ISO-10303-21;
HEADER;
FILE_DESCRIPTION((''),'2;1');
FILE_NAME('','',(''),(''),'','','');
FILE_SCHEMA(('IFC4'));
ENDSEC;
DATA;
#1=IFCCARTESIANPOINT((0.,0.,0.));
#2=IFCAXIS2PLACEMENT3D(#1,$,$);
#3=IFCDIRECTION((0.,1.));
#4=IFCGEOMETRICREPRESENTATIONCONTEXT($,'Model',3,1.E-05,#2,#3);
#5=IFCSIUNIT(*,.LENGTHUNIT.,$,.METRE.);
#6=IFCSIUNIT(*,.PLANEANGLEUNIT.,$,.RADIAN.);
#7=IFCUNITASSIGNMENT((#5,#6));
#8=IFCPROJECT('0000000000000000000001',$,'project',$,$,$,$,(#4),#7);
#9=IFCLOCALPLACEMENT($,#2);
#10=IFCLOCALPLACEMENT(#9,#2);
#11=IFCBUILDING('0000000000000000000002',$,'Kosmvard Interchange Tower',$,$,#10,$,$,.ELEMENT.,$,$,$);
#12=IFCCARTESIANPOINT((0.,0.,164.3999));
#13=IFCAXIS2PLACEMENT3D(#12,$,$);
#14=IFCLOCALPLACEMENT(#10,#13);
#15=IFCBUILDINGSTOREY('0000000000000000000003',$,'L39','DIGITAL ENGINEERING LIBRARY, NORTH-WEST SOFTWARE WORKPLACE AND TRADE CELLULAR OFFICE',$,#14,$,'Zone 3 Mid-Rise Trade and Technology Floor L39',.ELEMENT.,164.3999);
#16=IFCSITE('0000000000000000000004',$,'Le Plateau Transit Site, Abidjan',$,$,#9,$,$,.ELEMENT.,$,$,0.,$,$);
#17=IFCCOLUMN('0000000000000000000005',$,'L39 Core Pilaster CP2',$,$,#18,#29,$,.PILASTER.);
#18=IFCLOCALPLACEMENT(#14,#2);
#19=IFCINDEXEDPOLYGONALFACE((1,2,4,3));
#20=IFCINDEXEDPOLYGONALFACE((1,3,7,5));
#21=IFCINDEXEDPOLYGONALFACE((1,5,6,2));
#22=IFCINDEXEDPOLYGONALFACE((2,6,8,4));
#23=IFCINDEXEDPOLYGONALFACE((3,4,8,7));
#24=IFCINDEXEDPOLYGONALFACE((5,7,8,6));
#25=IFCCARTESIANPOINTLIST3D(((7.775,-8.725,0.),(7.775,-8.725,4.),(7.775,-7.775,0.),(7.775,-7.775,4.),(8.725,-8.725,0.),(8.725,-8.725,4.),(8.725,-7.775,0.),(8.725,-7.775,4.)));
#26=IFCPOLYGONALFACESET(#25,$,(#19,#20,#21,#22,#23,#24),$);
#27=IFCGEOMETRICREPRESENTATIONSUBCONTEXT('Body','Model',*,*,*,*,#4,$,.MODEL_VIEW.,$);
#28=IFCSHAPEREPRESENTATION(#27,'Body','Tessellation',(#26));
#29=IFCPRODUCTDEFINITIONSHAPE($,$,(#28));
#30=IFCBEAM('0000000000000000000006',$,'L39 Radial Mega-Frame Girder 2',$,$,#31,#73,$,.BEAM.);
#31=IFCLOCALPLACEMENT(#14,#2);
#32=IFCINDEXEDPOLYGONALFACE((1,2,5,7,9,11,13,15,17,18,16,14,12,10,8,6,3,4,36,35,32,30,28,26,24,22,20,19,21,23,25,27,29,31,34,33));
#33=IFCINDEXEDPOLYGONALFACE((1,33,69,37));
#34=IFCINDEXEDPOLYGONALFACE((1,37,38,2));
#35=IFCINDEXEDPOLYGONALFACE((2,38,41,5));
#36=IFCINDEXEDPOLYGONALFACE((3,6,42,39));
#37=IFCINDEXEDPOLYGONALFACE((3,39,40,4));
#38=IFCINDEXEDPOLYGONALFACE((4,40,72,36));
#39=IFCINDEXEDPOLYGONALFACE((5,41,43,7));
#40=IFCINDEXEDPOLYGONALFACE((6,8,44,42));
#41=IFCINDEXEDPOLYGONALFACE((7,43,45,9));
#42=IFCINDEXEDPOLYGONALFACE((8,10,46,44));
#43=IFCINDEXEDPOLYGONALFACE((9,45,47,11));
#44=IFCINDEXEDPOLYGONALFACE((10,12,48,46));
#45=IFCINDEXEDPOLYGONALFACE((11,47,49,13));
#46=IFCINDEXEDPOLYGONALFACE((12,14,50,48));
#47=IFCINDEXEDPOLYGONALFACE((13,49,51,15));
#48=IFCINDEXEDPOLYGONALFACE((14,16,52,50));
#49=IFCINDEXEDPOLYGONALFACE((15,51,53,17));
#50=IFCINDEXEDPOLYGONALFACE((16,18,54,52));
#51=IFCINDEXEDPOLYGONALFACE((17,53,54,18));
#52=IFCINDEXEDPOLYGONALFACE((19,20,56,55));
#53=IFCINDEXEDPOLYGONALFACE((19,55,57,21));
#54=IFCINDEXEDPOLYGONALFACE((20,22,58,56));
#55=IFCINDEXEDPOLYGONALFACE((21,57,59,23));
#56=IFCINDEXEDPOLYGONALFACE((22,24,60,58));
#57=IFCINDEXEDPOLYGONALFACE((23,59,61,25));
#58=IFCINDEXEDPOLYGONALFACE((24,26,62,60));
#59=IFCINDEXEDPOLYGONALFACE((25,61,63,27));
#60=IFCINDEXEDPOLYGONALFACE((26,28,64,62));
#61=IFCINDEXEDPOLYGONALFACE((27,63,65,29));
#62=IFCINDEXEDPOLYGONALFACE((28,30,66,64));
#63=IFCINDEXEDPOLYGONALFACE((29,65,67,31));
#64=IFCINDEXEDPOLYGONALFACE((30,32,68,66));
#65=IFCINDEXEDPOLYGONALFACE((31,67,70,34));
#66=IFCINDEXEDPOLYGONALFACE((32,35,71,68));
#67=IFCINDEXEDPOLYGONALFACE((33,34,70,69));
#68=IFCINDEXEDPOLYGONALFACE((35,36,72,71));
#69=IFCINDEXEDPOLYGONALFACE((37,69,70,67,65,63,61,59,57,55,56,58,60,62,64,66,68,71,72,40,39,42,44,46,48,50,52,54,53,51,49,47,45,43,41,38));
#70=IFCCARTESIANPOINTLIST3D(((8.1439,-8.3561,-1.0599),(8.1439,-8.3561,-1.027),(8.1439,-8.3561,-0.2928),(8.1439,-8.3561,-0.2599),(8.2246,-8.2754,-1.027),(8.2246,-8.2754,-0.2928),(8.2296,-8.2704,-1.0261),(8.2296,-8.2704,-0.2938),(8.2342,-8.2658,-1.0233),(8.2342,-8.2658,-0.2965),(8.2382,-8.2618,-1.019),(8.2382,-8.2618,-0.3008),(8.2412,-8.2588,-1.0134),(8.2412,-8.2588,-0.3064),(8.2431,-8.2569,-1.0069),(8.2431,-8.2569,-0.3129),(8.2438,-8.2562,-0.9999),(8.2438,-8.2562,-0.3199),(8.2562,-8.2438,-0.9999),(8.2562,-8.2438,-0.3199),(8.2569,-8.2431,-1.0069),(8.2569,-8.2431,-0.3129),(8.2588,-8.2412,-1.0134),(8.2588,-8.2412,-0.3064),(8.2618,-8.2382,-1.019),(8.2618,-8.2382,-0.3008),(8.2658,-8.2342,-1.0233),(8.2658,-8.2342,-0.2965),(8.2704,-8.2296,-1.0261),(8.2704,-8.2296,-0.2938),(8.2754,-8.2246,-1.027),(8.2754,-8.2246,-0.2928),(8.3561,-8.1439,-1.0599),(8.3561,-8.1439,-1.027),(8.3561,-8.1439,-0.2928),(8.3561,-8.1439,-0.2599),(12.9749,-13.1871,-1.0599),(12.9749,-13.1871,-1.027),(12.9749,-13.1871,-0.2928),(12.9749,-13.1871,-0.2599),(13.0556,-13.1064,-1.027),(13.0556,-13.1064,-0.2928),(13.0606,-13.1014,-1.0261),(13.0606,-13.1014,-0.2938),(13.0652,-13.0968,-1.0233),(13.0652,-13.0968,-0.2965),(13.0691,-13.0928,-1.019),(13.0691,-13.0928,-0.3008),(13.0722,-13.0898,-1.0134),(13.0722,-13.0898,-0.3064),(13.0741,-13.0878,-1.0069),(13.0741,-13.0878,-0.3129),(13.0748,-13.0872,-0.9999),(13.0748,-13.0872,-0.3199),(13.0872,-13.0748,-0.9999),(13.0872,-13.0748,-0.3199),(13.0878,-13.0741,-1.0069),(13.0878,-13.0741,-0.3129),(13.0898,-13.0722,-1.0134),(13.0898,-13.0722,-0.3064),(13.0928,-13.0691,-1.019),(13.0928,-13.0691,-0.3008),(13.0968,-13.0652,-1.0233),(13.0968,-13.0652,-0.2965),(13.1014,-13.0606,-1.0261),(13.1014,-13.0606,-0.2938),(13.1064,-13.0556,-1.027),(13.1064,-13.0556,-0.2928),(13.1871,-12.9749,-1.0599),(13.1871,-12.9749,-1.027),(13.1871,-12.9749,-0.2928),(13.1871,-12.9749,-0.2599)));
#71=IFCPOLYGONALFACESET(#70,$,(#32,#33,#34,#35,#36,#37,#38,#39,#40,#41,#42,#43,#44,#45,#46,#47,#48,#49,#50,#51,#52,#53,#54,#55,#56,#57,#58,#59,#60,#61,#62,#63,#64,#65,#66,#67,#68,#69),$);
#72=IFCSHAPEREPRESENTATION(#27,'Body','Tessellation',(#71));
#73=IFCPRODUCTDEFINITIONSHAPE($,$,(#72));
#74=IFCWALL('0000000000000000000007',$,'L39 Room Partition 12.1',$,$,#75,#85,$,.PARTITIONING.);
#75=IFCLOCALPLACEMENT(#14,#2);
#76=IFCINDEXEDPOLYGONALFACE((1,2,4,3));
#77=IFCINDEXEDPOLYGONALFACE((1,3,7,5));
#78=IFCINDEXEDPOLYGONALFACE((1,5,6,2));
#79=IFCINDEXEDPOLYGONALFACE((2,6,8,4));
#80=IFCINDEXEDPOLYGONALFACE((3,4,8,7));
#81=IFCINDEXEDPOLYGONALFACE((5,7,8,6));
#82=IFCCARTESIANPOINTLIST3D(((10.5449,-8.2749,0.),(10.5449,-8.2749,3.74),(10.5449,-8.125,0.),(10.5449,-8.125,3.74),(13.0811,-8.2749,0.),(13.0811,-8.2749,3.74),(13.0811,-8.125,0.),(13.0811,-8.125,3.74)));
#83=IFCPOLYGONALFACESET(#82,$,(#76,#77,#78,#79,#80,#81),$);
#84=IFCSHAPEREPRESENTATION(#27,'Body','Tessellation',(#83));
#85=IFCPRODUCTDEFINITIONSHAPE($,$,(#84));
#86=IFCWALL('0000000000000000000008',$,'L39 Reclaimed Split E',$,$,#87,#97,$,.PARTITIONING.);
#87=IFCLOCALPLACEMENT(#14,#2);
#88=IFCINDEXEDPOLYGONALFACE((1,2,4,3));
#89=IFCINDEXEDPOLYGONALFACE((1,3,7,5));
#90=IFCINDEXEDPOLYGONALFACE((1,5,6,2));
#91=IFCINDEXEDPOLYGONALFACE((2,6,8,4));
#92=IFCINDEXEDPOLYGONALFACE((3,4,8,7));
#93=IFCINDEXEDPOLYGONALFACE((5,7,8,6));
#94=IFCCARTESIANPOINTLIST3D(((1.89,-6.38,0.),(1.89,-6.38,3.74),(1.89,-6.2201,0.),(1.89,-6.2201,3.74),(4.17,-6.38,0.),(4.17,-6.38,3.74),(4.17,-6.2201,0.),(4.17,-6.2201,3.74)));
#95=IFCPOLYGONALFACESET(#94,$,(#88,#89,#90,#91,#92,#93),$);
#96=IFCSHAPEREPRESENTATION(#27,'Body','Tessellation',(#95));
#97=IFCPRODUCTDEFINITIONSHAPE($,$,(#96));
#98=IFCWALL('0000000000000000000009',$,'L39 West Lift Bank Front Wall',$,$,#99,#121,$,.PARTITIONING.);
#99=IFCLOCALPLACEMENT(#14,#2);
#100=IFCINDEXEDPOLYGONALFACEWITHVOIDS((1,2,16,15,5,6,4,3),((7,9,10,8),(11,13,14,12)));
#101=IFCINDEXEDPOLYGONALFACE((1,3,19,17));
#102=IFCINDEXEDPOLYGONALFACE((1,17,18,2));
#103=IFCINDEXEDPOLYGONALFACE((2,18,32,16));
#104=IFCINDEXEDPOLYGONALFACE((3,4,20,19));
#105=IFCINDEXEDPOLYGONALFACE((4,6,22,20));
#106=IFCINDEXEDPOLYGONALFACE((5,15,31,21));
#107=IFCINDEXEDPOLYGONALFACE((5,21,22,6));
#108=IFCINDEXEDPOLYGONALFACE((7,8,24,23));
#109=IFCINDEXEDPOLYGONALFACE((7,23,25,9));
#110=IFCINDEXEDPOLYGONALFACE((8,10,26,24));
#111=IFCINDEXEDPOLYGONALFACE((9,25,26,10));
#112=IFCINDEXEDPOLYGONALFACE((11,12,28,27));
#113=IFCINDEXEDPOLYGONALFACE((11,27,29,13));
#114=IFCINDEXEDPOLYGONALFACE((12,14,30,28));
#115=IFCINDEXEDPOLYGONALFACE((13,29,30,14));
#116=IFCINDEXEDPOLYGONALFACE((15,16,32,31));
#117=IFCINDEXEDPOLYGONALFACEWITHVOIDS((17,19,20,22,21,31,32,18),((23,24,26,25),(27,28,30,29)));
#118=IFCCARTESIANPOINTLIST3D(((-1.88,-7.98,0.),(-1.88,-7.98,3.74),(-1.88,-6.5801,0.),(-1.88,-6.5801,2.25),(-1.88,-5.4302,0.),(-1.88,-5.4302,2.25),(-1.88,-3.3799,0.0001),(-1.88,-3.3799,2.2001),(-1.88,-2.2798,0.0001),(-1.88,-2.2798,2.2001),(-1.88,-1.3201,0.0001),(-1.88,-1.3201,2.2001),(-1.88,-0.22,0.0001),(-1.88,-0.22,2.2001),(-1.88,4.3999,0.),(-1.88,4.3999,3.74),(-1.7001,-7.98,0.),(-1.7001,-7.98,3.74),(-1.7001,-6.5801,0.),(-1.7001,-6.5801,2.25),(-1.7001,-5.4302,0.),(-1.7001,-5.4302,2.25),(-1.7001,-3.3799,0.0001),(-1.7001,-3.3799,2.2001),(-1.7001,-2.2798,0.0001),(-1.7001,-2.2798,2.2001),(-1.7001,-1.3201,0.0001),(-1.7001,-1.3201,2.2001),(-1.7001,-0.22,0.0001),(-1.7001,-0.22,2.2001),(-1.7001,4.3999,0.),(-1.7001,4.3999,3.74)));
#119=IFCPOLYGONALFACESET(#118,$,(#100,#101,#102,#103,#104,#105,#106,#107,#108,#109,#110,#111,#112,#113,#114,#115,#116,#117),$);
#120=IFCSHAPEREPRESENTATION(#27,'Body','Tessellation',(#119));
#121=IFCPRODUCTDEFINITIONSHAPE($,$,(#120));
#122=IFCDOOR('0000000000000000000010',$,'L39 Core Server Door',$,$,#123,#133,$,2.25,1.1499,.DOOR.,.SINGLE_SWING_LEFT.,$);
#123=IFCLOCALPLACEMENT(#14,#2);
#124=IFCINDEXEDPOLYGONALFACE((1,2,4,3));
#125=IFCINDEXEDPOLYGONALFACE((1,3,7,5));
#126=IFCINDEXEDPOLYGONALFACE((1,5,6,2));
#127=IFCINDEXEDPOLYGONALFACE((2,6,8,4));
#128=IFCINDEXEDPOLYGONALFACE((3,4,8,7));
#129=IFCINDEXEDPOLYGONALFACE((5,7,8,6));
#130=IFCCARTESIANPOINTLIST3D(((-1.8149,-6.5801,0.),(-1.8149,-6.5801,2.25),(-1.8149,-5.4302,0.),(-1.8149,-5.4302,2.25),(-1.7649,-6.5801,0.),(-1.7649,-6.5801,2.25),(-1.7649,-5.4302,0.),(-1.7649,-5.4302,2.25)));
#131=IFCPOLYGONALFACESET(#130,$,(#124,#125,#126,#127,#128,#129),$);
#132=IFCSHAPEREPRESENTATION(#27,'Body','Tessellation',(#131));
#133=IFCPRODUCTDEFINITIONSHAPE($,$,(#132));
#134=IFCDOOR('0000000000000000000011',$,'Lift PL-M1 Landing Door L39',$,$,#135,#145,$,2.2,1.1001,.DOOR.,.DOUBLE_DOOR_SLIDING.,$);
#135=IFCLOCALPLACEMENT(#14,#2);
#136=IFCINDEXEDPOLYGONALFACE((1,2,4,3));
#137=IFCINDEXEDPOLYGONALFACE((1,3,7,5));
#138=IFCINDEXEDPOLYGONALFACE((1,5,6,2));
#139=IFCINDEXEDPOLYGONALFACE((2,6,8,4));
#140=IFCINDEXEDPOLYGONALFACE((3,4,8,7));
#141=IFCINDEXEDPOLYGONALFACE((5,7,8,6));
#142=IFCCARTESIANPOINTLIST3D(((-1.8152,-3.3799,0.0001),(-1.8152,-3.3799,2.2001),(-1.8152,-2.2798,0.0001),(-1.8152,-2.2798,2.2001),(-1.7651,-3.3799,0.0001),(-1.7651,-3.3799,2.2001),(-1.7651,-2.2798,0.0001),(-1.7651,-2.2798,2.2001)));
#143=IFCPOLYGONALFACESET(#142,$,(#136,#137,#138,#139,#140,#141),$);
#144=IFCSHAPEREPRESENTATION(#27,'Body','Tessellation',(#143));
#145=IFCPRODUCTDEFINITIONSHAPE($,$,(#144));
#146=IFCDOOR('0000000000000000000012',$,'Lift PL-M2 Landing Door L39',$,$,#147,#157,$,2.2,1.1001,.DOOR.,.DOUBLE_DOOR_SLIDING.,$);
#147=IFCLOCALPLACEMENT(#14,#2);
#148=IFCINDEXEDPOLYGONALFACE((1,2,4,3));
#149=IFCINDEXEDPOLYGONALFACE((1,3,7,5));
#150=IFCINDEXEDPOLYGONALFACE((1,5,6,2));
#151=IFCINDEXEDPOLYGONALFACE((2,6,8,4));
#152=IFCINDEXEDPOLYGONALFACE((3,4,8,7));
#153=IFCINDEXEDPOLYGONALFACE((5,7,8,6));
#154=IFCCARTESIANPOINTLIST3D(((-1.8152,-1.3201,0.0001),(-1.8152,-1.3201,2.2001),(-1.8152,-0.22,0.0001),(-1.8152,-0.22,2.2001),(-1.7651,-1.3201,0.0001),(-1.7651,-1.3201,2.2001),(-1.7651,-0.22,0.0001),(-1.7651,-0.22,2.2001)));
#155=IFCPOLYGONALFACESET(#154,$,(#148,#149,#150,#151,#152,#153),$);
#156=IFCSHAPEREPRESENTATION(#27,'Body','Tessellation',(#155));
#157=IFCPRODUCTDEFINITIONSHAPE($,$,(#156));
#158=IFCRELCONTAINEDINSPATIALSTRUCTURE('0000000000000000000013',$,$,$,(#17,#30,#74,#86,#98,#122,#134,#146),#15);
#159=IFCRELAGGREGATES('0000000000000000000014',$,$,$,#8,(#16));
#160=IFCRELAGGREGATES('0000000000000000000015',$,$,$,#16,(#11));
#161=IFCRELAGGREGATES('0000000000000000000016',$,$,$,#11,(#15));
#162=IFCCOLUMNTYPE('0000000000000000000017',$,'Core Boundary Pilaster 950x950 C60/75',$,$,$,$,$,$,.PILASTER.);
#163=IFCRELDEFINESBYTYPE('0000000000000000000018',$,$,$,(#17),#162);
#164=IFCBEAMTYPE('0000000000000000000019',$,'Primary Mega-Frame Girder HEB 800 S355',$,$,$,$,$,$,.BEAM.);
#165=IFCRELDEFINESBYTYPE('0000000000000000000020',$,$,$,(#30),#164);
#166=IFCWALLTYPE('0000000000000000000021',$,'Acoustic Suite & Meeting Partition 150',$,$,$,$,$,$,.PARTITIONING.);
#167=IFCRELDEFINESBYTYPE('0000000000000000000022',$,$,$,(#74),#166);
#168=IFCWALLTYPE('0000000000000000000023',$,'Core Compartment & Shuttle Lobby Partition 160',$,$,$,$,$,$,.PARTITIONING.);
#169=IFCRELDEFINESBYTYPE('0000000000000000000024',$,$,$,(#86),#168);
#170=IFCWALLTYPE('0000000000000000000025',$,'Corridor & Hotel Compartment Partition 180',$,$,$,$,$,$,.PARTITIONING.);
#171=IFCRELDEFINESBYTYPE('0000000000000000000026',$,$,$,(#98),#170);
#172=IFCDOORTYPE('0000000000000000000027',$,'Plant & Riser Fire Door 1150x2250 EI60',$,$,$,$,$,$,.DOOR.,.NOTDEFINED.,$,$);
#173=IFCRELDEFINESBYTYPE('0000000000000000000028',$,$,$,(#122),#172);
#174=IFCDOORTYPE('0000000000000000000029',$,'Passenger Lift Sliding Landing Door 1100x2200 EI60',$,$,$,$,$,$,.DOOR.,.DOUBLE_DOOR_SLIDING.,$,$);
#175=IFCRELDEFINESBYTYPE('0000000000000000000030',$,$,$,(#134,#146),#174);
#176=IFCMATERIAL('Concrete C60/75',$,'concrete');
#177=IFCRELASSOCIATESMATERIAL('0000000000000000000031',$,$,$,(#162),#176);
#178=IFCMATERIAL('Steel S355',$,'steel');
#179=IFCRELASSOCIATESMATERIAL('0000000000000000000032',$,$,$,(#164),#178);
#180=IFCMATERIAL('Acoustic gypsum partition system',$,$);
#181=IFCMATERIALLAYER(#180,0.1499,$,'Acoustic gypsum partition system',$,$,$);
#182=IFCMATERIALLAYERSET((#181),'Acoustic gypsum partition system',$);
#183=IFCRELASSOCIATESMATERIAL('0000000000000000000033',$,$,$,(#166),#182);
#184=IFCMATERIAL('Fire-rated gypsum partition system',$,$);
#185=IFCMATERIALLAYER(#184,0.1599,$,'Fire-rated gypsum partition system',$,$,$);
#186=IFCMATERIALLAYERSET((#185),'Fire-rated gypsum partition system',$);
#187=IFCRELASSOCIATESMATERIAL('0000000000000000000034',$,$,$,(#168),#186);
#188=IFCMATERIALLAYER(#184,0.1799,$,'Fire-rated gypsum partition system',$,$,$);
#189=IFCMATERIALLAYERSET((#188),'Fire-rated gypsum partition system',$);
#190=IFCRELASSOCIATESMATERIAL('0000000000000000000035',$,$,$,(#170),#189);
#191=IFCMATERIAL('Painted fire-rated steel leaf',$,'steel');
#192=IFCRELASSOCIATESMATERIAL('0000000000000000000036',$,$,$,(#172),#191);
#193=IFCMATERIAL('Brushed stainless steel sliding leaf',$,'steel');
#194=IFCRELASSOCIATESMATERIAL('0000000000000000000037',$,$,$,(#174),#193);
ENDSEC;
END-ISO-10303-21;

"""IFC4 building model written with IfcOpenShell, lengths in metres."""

from ifc_helpers import new_model, si_unit, direction, frame, frame_2d, origin, origin_2d, place, context, subcontext, project, spatial, rectangle, i_section, extrude, source, transform, mapped, material, layer, layer_set, material_profile, profile_set, type_object, element, fill, save


model = new_model("IFC4")

# Units and contexts
model_context = context("Model", 3, precision=1e-05, world=origin(), true_north=direction((0.0, 1.0)))
body_context = subcontext(model_context, "Body", "Model", "MODEL_VIEW")
ifc_project = project(units=[si_unit("LENGTHUNIT", "METRE"), si_unit("PLANEANGLEUNIT", "RADIAN")], contexts=[model_context])

# Site, building, storey
site_placement = place(None, origin())
site = spatial("IfcSite", under=ifc_project, at=site_placement, Name="Le Plateau Transit Site, Abidjan", CompositionType="ELEMENT", RefElevation=0.0)
building_placement = place(site_placement, origin())
building = spatial("IfcBuilding", under=site, at=building_placement, Name="Kosmvard Interchange Tower", CompositionType="ELEMENT")
storey_placement = place(building_placement, frame((0.0, 0.0, 164.3999)))
storey = spatial("IfcBuildingStorey", under=building, at=storey_placement, Name="L39", Description="DIGITAL ENGINEERING LIBRARY, NORTH-WEST SOFTWARE WORKPLACE AND TRADE CELLULAR OFFICE", LongName="Zone 3 Mid-Rise Trade and Technology Floor L39", CompositionType="ELEMENT", Elevation=164.3999)

# Column
ifc_material_1 = material(Name="Concrete C60/75", Category="concrete")
ifc_material_profile_1 = material_profile(ifc_material_1, rectangle(XDim=0.95, YDim=0.95, at=origin_2d()), Name="CP 950x950")
ifc_profile_set_1 = profile_set([ifc_material_profile_1], Name="Concrete C60/75")
column_type = type_object("IfcColumnType", Name="Core Boundary Pilaster 950x950 C60/75", PredefinedType="PILASTER", material=ifc_profile_set_1)
shared_shape_1 = source(origin(), body_context, "Body", "SweptSolid", [
    extrude(rectangle(XDim=0.95, YDim=0.95, at=origin_2d()), origin(), (0.0, 0.0, 1.0), 4.0),
])
column_placement = place(storey_placement, frame((8.25, -8.25, 0.0), z_axis=(0.0, 0.0, 1.0), x_axis=(1.0, 0.0, 0.0)))
element("IfcColumn", 1, at=column_placement, inside=storey, type_object=column_type, Name="L39 Core Pilaster CP2", PredefinedType="PILASTER", context=body_context, shape_type="MappedRepresentation", body=[
    mapped(shared_shape_1, transform((0.0, 0.0, 0.0), scale=1.0)),
])

# Beam
ifc_material_2 = material(Name="Steel S355", Category="steel")
ifc_material_profile_2 = material_profile(ifc_material_2, i_section(OverallWidth=0.3, OverallDepth=0.8, WebThickness=0.0176, FlangeThickness=0.033, FilletRadius=0.0271, at=origin_2d()), Name="HEB 800")
ifc_profile_set_2 = profile_set([ifc_material_profile_2], Name="Steel S355")
beam_type = type_object("IfcBeamType", Name="Primary Mega-Frame Girder HEB 800 S355", PredefinedType="BEAM", material=ifc_profile_set_2)
shared_shape_2 = source(origin(), body_context, "Body", "SweptSolid", [
    extrude(i_section(OverallWidth=0.3, OverallDepth=0.8, WebThickness=0.0176, FlangeThickness=0.033, FilletRadius=0.0271, at=origin_2d()), origin(), (0.0, 0.0, 1.0), 6.832),
])
beam_placement = place(storey_placement, frame((8.25, -8.25, -0.6599), z_axis=(0.707107, -0.707107, 0.0), x_axis=(0.707107, 0.707107, 0.0)))
element("IfcBeam", 2, at=beam_placement, inside=storey, type_object=beam_type, Name="L39 Radial Mega-Frame Girder 2", PredefinedType="BEAM", context=body_context, shape_type="MappedRepresentation", body=[
    mapped(shared_shape_2, transform((0.0, 0.0, 0.0), scale=1.0)),
])

# Walls
ifc_material_3 = material(Name="Acoustic gypsum partition system")
ifc_layer_1 = layer(ifc_material_3, 0.1499, Name="Acoustic gypsum partition system")
ifc_layer_set_1 = layer_set([ifc_layer_1], Name="Acoustic gypsum partition system")
wall_type_1 = type_object("IfcWallType", Name="Acoustic Suite & Meeting Partition 150", PredefinedType="PARTITIONING", material=ifc_layer_set_1)
wall_1_placement = place(storey_placement, frame((10.5449, -8.2, 0.0), z_axis=(0.0, 0.0, 1.0), x_axis=(1.0, 0.0, 0.0)))
element("IfcWall", 3, at=wall_1_placement, inside=storey, type_object=wall_type_1, Name="L39 Room Partition 12.1", PredefinedType="PARTITIONING", context=body_context, shape_type="SweptSolid", body=[
    extrude(rectangle(XDim=2.5361, YDim=0.1499, at=frame_2d((1.2681, 0.0))), origin(), (0.0, 0.0, 1.0), 3.74),
])
ifc_material_4 = material(Name="Fire-rated gypsum partition system")
ifc_layer_2 = layer(ifc_material_4, 0.1599, Name="Fire-rated gypsum partition system")
ifc_layer_set_2 = layer_set([ifc_layer_2], Name="Fire-rated gypsum partition system")
wall_type_2 = type_object("IfcWallType", Name="Core Compartment & Shuttle Lobby Partition 160", PredefinedType="PARTITIONING", material=ifc_layer_set_2)
wall_2_placement = place(storey_placement, frame((1.8899, -6.3, 0.0), z_axis=(0.0, 0.0, 1.0), x_axis=(1.0, 0.0, 0.0)))
element("IfcWall", 4, at=wall_2_placement, inside=storey, type_object=wall_type_2, Name="L39 Reclaimed Split E", PredefinedType="PARTITIONING", context=body_context, shape_type="SweptSolid", body=[
    extrude(rectangle(XDim=2.28, YDim=0.1599, at=frame_2d((1.1401, 0.0))), origin(), (0.0, 0.0, 1.0), 3.74),
])

# Wall, openings, doors
ifc_layer_3 = layer(ifc_material_4, 0.1799, Name="Fire-rated gypsum partition system")
ifc_layer_set_3 = layer_set([ifc_layer_3], Name="Fire-rated gypsum partition system")
wall_type_3 = type_object("IfcWallType", Name="Corridor & Hotel Compartment Partition 180", PredefinedType="PARTITIONING", material=ifc_layer_set_3)
wall_3_placement = place(storey_placement, frame((-1.79, -7.98, 0.0), z_axis=(0.0, 0.0, 1.0), x_axis=(0.0, 1.0, 0.0)))
wall_3 = element("IfcWall", 5, at=wall_3_placement, inside=storey, type_object=wall_type_3, Name="L39 West Lift Bank Front Wall", PredefinedType="PARTITIONING", context=body_context, shape_type="SweptSolid", body=[
    extrude(rectangle(XDim=12.3799, YDim=0.1799, at=frame_2d((6.1899, 0.0))), origin(), (0.0, 0.0, 1.0), 3.74),
])
opening_1_placement = place(wall_3_placement, frame((4.6001, 0.0, 0.0)))
opening_1 = element("IfcOpeningElement", 6, at=opening_1_placement, cuts=wall_3, PredefinedType="OPENING", context=body_context, shape_type="SweptSolid", body=[
    extrude(rectangle(XDim=1.1001, YDim=2.2, at=frame_2d((0.55, 1.1001))), frame((0.0, 0.1001, 0.0), z_axis=(0.0, -1.0, 0.0), x_axis=(1.0, 0.0, 0.0)), (0.0, 0.0, 1.0), 0.2),
])
opening_2_placement = place(wall_3_placement, frame((6.6599, 0.0, 0.0)))
opening_2 = element("IfcOpeningElement", 7, at=opening_2_placement, cuts=wall_3, PredefinedType="OPENING", context=body_context, shape_type="SweptSolid", body=[
    extrude(rectangle(XDim=1.1001, YDim=2.2, at=frame_2d((0.55, 1.1001))), frame((0.0, 0.1001, 0.0), z_axis=(0.0, -1.0, 0.0), x_axis=(1.0, 0.0, 0.0)), (0.0, 0.0, 1.0), 0.2),
])
opening_3_placement = place(wall_3_placement, frame((1.3999, 0.0, 0.0)))
opening_3 = element("IfcOpeningElement", 8, at=opening_3_placement, cuts=wall_3, PredefinedType="OPENING", context=body_context, shape_type="SweptSolid", body=[
    extrude(rectangle(XDim=1.1499, YDim=2.25, at=frame_2d((0.575, 1.125))), frame((0.0, 0.1001, 0.0), z_axis=(0.0, -1.0, 0.0), x_axis=(1.0, 0.0, 0.0)), (0.0, 0.0, 1.0), 0.2),
])
ifc_material_5 = material(Name="Painted fire-rated steel leaf", Category="steel")
door_type_1 = type_object("IfcDoorType", Name="Plant & Riser Fire Door 1150x2250 EI60", OperationType="NOTDEFINED", PredefinedType="DOOR", material=ifc_material_5)
shared_shape_3 = source(origin(), body_context, "Body", "SweptSolid", [
    extrude(rectangle(XDim=1.1499, YDim=2.25, at=frame_2d((0.575, 1.125))), frame((0.0, 0.0249, 0.0), z_axis=(0.0, -1.0, 0.0), x_axis=(1.0, 0.0, 0.0)), (0.0, 0.0, 1.0), 0.05),
])
door_1_placement = place(opening_3_placement, origin())
door_1 = element("IfcDoor", 9, at=door_1_placement, inside=storey, type_object=door_type_1, Name="L39 Core Server Door", OperationType="SINGLE_SWING_LEFT", OverallHeight=2.25, OverallWidth=1.1499, PredefinedType="DOOR", context=body_context, shape_type="MappedRepresentation", body=[
    mapped(shared_shape_3, transform((0.0, 0.0, 0.0), scale=1.0)),
])
fill(opening_3, door_1)
ifc_material_6 = material(Name="Brushed stainless steel sliding leaf", Category="steel")
door_type_2 = type_object("IfcDoorType", Name="Passenger Lift Sliding Landing Door 1100x2200 EI60", OperationType="DOUBLE_DOOR_SLIDING", PredefinedType="DOOR", material=ifc_material_6)
shared_shape_4 = source(origin(), body_context, "Body", "SweptSolid", [
    extrude(rectangle(XDim=1.1001, YDim=2.2, at=frame_2d((0.55, 1.1001))), frame((0.0, 0.0249, 0.0), z_axis=(0.0, -1.0, 0.0), x_axis=(1.0, 0.0, 0.0)), (0.0, 0.0, 1.0), 0.05),
])
door_2_placement = place(opening_1_placement, frame((1.1001, 0.0, 0.0), z_axis=(0.0, 0.0, 1.0), x_axis=(-1.0, 0.0, 0.0)))
door_2 = element("IfcDoor", 10, at=door_2_placement, inside=storey, type_object=door_type_2, Name="Lift PL-M1 Landing Door L39", OperationType="DOUBLE_DOOR_SLIDING", OverallHeight=2.2, OverallWidth=1.1001, PredefinedType="DOOR", context=body_context, shape_type="MappedRepresentation", body=[
    mapped(shared_shape_4, transform((0.0, 0.0, 0.0), scale=1.0)),
])
fill(opening_1, door_2)
door_3_placement = place(opening_2_placement, frame((1.1001, 0.0, 0.0), z_axis=(0.0, 0.0, 1.0), x_axis=(-1.0, 0.0, 0.0)))
door_3 = element("IfcDoor", 11, at=door_3_placement, inside=storey, type_object=door_type_2, Name="Lift PL-M2 Landing Door L39", OperationType="DOUBLE_DOOR_SLIDING", OverallHeight=2.2, OverallWidth=1.1001, PredefinedType="DOOR", context=body_context, shape_type="MappedRepresentation", body=[
    mapped(shared_shape_4, transform((0.0, 0.0, 0.0), scale=1.0)),
])
fill(opening_2, door_3)

save(model, "model.ifc")
